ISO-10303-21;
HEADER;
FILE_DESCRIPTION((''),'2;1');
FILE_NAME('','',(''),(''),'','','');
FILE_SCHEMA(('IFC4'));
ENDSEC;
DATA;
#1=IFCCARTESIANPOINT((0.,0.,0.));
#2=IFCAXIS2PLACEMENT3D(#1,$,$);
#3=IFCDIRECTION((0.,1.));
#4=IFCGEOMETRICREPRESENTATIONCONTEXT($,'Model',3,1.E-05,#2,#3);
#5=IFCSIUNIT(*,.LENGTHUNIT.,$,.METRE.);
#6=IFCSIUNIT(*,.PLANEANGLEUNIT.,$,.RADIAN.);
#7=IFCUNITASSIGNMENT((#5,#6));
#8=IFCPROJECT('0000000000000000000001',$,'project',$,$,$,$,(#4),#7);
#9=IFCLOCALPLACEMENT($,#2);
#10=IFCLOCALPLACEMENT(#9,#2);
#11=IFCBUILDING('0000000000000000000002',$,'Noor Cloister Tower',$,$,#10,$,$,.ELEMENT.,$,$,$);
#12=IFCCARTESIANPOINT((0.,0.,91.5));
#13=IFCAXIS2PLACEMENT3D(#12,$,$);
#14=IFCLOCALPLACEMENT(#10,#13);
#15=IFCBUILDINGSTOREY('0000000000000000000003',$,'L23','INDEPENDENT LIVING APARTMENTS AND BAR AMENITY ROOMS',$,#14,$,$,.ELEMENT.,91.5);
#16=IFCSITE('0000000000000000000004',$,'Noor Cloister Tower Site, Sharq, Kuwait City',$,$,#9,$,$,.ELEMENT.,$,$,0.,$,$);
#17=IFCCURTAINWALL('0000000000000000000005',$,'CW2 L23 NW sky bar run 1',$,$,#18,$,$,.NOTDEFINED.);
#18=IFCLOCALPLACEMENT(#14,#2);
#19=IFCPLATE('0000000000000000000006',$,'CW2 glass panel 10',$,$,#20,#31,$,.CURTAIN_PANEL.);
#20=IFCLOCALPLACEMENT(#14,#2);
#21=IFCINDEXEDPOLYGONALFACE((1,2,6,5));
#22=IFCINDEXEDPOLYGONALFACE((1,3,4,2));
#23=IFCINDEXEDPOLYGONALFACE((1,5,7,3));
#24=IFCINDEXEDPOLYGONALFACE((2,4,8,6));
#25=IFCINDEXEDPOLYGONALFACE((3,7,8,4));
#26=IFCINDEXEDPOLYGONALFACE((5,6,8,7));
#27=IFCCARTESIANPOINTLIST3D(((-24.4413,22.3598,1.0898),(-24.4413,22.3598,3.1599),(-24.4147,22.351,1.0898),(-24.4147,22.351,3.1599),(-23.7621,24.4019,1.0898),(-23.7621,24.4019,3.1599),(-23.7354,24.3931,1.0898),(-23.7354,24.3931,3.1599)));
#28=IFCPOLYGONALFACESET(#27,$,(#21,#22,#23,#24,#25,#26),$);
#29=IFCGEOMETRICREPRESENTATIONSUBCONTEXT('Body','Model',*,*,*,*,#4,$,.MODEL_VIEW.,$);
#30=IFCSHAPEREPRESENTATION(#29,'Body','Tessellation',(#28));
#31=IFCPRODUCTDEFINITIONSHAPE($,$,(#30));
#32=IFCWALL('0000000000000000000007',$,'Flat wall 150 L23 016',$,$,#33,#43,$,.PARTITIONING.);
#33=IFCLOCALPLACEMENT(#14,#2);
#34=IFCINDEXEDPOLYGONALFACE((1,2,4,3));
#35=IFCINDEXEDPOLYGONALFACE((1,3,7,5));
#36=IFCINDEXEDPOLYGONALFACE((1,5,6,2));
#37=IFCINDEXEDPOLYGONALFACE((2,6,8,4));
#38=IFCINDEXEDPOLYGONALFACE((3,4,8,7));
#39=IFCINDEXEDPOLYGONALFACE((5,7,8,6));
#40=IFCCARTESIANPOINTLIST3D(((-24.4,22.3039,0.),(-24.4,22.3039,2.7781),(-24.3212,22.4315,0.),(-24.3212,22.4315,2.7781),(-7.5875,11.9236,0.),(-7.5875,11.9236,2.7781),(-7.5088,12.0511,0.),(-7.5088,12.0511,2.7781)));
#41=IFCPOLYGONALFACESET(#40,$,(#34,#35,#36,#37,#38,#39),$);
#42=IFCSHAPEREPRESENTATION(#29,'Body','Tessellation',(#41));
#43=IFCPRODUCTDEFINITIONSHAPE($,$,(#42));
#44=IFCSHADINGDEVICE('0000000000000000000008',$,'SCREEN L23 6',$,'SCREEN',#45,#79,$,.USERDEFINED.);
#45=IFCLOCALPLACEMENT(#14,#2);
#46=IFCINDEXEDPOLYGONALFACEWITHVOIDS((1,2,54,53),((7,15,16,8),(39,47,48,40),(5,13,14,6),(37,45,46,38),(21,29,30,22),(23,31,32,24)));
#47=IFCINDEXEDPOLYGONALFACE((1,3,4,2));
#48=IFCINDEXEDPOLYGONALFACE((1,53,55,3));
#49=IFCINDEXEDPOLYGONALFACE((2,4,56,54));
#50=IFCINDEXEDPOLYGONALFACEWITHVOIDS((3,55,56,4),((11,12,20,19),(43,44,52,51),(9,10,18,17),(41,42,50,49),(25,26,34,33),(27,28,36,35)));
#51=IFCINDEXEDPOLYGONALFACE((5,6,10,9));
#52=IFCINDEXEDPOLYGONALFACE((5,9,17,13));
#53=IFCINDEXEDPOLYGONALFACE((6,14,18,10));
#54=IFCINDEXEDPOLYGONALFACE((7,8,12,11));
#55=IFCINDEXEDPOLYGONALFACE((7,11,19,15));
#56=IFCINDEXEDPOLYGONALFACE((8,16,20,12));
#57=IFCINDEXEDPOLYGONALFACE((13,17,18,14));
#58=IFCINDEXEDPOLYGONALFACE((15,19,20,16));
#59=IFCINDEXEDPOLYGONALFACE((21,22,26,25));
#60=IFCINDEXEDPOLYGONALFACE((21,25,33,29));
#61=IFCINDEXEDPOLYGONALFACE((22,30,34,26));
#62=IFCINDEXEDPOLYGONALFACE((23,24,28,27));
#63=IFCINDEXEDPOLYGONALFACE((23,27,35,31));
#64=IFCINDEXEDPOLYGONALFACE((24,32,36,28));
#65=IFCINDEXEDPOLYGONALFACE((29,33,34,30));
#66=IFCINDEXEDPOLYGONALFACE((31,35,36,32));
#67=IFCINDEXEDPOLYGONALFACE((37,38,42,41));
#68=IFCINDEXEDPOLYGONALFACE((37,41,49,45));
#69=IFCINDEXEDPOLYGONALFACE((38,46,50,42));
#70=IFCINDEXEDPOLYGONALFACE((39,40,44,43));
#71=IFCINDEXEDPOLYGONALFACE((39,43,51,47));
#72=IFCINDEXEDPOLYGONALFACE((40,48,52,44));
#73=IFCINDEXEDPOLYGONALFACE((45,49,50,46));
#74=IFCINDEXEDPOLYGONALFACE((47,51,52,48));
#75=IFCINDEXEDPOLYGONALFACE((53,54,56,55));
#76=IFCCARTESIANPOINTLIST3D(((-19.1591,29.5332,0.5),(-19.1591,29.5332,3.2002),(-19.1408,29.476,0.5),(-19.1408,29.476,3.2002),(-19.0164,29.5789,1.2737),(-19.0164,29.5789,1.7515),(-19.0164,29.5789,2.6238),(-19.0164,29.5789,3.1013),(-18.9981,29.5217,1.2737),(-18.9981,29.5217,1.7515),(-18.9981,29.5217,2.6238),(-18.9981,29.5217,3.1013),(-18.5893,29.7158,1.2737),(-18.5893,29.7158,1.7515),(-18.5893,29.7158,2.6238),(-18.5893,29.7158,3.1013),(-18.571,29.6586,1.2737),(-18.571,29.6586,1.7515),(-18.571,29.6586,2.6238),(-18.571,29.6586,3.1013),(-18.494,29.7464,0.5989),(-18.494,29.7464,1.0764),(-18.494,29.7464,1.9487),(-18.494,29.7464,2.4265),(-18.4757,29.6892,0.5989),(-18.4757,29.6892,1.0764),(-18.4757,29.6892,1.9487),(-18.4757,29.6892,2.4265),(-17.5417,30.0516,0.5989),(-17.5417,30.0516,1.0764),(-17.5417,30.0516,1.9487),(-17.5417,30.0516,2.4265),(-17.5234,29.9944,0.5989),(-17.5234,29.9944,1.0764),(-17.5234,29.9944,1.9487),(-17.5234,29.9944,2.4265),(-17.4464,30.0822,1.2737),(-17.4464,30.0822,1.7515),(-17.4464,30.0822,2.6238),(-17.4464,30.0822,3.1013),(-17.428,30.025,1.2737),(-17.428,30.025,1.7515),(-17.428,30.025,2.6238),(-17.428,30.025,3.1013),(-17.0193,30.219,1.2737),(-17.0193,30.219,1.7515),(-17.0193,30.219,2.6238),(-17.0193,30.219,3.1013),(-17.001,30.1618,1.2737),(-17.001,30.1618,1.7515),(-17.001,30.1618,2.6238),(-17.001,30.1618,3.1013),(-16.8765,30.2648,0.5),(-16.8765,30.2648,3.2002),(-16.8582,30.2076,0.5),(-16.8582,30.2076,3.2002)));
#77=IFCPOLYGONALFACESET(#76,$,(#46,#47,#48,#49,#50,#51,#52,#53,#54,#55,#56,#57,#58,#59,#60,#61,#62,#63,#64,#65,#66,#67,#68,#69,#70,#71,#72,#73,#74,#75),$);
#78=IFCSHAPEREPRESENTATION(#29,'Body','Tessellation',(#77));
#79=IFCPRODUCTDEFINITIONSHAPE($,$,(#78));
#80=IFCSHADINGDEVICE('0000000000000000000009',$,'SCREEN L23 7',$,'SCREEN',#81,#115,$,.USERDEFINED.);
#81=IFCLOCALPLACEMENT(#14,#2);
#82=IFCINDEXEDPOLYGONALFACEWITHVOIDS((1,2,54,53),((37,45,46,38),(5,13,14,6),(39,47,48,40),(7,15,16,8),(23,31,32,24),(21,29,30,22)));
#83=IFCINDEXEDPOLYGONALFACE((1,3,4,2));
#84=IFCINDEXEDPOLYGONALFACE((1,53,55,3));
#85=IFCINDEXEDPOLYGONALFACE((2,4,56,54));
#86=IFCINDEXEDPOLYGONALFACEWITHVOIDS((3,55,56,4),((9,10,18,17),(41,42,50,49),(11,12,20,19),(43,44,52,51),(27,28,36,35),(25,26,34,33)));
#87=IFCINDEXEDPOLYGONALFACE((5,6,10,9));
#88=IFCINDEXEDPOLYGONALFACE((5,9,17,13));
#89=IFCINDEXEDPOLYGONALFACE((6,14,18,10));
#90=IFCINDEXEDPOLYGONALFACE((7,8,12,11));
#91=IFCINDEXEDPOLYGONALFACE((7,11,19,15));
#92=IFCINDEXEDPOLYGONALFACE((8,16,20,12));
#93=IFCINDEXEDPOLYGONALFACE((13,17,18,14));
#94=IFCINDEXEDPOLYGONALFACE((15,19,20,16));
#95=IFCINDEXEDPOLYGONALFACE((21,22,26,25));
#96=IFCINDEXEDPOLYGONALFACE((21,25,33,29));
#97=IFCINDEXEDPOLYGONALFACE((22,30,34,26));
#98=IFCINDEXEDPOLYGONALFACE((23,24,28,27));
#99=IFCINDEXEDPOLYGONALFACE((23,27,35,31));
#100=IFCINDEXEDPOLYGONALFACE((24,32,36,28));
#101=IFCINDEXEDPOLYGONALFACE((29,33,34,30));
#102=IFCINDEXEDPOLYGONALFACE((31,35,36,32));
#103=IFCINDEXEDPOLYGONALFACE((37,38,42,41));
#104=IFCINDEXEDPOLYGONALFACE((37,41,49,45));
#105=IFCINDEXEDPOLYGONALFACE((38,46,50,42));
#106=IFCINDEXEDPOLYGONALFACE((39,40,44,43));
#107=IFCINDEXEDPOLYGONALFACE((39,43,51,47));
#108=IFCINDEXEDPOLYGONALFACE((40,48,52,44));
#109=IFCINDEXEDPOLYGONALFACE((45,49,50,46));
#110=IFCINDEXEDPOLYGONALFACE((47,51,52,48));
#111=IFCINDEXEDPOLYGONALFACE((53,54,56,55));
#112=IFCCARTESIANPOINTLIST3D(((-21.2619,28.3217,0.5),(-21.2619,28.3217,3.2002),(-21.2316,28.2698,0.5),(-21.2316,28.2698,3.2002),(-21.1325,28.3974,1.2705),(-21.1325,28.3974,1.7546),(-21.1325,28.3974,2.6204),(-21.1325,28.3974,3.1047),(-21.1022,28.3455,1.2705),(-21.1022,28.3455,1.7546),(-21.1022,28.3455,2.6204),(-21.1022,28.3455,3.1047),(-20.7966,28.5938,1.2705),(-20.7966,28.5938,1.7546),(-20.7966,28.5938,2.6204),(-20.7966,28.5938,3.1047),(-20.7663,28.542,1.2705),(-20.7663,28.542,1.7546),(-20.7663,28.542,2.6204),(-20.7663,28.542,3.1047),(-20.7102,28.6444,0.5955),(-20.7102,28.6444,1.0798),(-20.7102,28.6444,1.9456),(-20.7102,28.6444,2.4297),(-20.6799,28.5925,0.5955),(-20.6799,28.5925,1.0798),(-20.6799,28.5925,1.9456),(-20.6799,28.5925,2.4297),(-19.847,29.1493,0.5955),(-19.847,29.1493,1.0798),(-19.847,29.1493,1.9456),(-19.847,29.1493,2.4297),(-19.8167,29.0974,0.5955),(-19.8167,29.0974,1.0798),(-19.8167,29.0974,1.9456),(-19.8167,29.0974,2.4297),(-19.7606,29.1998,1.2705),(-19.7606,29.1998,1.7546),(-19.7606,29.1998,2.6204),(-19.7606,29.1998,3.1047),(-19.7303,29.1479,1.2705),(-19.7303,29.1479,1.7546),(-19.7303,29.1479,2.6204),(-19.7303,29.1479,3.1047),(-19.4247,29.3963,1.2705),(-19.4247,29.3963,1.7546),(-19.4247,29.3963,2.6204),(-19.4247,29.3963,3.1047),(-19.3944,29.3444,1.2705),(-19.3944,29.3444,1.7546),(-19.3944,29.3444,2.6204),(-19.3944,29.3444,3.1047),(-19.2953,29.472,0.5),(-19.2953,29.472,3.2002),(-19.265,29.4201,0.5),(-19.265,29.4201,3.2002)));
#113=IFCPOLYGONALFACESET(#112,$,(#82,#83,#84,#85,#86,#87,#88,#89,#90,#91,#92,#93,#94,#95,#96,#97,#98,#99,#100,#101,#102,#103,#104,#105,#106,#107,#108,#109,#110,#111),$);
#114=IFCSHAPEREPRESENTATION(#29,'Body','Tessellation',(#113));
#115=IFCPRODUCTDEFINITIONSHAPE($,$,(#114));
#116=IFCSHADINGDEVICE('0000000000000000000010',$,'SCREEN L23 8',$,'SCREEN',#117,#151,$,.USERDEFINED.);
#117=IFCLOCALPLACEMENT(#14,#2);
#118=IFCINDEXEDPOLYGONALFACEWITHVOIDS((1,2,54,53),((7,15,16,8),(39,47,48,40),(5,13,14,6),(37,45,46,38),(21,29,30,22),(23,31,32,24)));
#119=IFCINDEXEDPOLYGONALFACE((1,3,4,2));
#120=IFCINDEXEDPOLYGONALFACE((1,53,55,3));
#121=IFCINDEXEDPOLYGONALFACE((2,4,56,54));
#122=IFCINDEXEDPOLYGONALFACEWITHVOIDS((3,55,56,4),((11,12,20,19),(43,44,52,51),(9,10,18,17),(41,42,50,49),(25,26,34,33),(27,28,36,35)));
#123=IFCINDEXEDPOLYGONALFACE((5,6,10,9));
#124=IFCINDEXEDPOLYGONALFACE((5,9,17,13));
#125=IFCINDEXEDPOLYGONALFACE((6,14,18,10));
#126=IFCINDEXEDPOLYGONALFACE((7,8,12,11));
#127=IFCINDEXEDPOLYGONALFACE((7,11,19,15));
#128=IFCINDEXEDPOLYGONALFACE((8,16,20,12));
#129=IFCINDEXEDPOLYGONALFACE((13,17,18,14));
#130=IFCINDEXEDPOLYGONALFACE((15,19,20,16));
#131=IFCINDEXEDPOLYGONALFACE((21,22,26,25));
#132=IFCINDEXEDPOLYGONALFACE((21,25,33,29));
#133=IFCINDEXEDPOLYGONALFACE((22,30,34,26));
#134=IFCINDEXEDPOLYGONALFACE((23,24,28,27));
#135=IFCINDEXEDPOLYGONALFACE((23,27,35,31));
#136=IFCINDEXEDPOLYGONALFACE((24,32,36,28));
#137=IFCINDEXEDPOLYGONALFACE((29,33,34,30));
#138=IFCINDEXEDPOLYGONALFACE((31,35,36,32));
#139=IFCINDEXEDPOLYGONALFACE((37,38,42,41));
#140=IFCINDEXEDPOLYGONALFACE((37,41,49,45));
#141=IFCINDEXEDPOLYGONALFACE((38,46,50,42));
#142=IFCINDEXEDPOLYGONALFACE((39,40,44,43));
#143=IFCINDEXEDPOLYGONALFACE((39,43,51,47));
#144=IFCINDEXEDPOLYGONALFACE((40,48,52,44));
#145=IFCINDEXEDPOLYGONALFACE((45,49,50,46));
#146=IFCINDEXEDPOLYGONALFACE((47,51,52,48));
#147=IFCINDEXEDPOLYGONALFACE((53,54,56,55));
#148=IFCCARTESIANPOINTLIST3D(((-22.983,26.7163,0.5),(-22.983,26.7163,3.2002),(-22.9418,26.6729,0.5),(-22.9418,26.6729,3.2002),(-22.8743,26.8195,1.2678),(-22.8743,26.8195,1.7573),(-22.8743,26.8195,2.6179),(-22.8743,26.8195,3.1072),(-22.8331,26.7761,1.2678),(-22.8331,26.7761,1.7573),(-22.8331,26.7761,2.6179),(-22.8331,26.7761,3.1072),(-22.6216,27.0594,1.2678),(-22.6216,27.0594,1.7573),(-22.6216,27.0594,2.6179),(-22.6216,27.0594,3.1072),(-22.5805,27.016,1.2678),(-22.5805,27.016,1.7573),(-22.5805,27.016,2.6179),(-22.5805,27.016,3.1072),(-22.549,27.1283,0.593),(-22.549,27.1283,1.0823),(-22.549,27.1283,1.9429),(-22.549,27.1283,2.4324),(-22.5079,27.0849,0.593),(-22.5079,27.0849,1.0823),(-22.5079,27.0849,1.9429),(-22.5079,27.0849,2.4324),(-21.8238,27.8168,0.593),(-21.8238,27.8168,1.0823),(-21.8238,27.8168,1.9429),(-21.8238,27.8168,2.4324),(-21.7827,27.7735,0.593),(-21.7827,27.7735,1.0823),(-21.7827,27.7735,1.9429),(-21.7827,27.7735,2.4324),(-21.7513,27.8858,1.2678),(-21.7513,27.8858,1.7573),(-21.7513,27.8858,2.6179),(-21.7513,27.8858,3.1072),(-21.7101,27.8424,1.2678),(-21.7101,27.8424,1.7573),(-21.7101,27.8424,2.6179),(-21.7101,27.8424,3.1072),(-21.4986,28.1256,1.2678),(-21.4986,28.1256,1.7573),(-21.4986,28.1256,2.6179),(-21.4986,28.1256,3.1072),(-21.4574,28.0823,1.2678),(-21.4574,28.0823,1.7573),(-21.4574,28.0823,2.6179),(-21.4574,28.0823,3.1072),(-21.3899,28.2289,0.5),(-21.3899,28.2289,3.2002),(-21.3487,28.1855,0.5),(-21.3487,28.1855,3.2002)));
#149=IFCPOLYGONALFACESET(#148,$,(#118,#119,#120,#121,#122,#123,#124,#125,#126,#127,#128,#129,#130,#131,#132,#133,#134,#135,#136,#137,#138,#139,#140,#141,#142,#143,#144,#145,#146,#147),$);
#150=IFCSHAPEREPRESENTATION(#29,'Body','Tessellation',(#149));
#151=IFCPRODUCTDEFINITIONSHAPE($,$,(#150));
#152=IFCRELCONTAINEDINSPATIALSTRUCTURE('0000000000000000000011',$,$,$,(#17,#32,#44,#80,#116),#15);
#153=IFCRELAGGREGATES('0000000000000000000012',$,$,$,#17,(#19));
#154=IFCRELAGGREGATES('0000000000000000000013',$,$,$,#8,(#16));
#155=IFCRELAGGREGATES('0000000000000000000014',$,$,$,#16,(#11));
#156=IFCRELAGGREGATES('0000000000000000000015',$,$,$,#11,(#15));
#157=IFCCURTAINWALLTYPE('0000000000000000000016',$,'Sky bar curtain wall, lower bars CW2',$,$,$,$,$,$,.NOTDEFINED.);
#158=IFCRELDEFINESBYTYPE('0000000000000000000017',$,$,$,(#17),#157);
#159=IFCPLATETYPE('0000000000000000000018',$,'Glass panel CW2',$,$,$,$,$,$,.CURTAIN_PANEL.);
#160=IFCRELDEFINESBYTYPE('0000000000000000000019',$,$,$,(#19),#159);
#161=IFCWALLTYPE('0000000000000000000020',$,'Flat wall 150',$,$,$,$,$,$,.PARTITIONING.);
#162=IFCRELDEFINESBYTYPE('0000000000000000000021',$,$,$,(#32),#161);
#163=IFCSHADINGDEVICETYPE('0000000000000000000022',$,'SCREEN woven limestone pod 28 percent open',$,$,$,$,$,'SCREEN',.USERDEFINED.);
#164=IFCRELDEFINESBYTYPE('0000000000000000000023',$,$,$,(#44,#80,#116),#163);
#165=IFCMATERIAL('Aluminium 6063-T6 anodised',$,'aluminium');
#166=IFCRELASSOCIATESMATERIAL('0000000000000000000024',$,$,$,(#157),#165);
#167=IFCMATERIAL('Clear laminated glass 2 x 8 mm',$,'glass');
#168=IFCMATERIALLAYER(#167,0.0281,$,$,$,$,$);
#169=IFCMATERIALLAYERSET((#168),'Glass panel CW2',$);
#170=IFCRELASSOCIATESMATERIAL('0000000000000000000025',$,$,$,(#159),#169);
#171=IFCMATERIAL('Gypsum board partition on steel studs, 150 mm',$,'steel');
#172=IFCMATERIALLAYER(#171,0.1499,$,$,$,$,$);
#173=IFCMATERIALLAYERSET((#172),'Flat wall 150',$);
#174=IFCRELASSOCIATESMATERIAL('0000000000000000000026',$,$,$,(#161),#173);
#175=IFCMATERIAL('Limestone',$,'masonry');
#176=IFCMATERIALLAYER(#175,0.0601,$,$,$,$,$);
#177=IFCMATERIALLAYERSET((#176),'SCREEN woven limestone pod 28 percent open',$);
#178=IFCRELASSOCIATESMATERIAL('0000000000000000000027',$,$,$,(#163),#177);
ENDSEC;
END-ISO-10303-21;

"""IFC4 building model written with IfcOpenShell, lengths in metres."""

from ifc_helpers import new_model, si_unit, direction, frame, frame_2d, origin, origin_2d, place, context, subcontext, project, spatial, polyline, rectangle, outline, extrude, material, layer, layer_set, type_object, element, aggregate, save


model = new_model("IFC4")

# Units and contexts
model_context = context("Model", 3, precision=1e-05, world=origin(), true_north=direction((0.0, 1.0)))
body_context = subcontext(model_context, "Body", "Model", "MODEL_VIEW")
ifc_project = project(units=[si_unit("LENGTHUNIT", "METRE"), si_unit("PLANEANGLEUNIT", "RADIAN")], contexts=[model_context])

# Site, building, storey
site_placement = place(None, origin())
site = spatial("IfcSite", under=ifc_project, at=site_placement, Name="Noor Cloister Tower Site, Sharq, Kuwait City", CompositionType="ELEMENT", RefElevation=0.0)
building_placement = place(site_placement, origin())
building = spatial("IfcBuilding", under=site, at=building_placement, Name="Noor Cloister Tower", CompositionType="ELEMENT")
storey_placement = place(building_placement, frame((0.0, 0.0, 91.5)))
storey = spatial("IfcBuildingStorey", under=building, at=storey_placement, Name="L23", Description="INDEPENDENT LIVING APARTMENTS AND BAR AMENITY ROOMS", CompositionType="ELEMENT", Elevation=91.5)

# Curtain wall, plate
ifc_material_1 = material(Name="Aluminium 6063-T6 anodised", Category="aluminium")
curtain_wall_type = type_object("IfcCurtainWallType", Name="Sky bar curtain wall, lower bars CW2", PredefinedType="NOTDEFINED", material=ifc_material_1)
curtain_wall_placement = place(storey_placement, origin())
curtain_wall = element("IfcCurtainWall", 1, at=curtain_wall_placement, inside=storey, type_object=curtain_wall_type, Name="CW2 L23 NW sky bar run 1", PredefinedType="NOTDEFINED")
ifc_material_2 = material(Name="Clear laminated glass 2 x 8 mm", Category="glass")
ifc_layer_1 = layer(ifc_material_2, 0.0281)
ifc_layer_set_1 = layer_set([ifc_layer_1], Name="Glass panel CW2")
plate_type = type_object("IfcPlateType", Name="Glass panel CW2", PredefinedType="CURTAIN_PANEL", material=ifc_layer_set_1)
plate_1_placement = place(storey_placement, frame((-24.0884, 23.3765, 1.0898), z_axis=(0.0, 0.0, 1.0), x_axis=(-0.31562, -0.948886, 0.0)))
plate_1 = element("IfcPlate", 2, at=plate_1_placement, type_object=plate_type, Name="CW2 glass panel 10", PredefinedType="CURTAIN_PANEL", context=body_context, shape_type="SweptSolid", body=[
    extrude(rectangle(XDim=2.1521, YDim=0.0281, at=origin_2d()), origin(), (0.0, 0.0, 1.0), 2.0701),
])
aggregate(curtain_wall, [plate_1])

# Wall
ifc_material_3 = material(Name="Gypsum board partition on steel studs, 150 mm", Category="steel")
ifc_layer_2 = layer(ifc_material_3, 0.1499)
ifc_layer_set_2 = layer_set([ifc_layer_2], Name="Flat wall 150")
wall_type = type_object("IfcWallType", Name="Flat wall 150", PredefinedType="PARTITIONING", material=ifc_layer_set_2)
wall_placement = place(storey_placement, frame((-24.3606, 22.3677, 0.0), z_axis=(0.0, 0.0, 1.0), x_axis=(0.850884, -0.525353, 0.0)))
element("IfcWall", 3, at=wall_placement, inside=storey, type_object=wall_type, Name="Flat wall 150 L23 016", PredefinedType="PARTITIONING", context=body_context, shape_type="SweptSolid", body=[
    extrude(rectangle(XDim=19.7588, YDim=0.1499, at=frame_2d((9.8794, 0.0))), origin(), (0.0, 0.0, 1.0), 2.7781),
])

# Shading devices
ifc_material_4 = material(Name="Limestone", Category="masonry")
ifc_layer_3 = layer(ifc_material_4, 0.0601)
ifc_layer_set_3 = layer_set([ifc_layer_3], Name="SCREEN woven limestone pod 28 percent open")
shading_device_type = type_object("IfcShadingDeviceType", Name="SCREEN woven limestone pod 28 percent open", ElementType="SCREEN", PredefinedType="USERDEFINED", material=ifc_layer_set_3)
shading_device_1_placement = place(storey_placement, frame((-17.9995, 29.8418, 1.8501), z_axis=(-0.305219, 0.952282, 0.0), x_axis=(-0.952282, -0.305219, 0.0)))
element("IfcShadingDevice", 4, at=shading_device_1_placement, inside=storey, type_object=shading_device_type, Name="SCREEN L23 6", ObjectType="SCREEN", PredefinedType="USERDEFINED", context=body_context, shape_type="SweptSolid", body=[
    extrude(outline(polyline([(-1.1985, -1.3501), (1.1985, -1.3501), (1.1985, 1.3501), (-1.1985, 1.3501), (-1.1985, -1.3501)]), holes=[polyline([(-0.5, -1.2512), (0.5, -1.2512), (0.5, -0.7737), (-0.5, -0.7737), (-0.5, -1.2512)]), polyline([(0.6001, -0.5764), (1.0486, -0.5764), (1.0486, -0.0986), (0.6001, -0.0986), (0.6001, -0.5764)]), polyline([(-1.0486, -0.5764), (-0.6001, -0.5764), (-0.6001, -0.0986), (-1.0486, -0.0986), (-1.0486, -0.5764)]), polyline([(-0.5, 0.0986), (0.5, 0.0986), (0.5, 0.5764), (-0.5, 0.5764), (-0.5, 0.0986)]), polyline([(0.6001, 0.7737), (1.0486, 0.7737), (1.0486, 1.2512), (0.6001, 1.2512), (0.6001, 0.7737)]), polyline([(-1.0486, 0.7737), (-0.6001, 0.7737), (-0.6001, 1.2512), (-1.0486, 1.2512), (-1.0486, 0.7737)])]), origin(), (0.0, 0.0, 1.0), 0.0601),
])
shading_device_2_placement = place(storey_placement, frame((-20.2483, 28.845, 1.8501), z_axis=(-0.504883, 0.863188, 0.0), x_axis=(-0.863188, -0.504883, 0.0)))
element("IfcShadingDevice", 5, at=shading_device_2_placement, inside=storey, type_object=shading_device_type, Name="SCREEN L23 7", ObjectType="SCREEN", PredefinedType="USERDEFINED", context=body_context, shape_type="SweptSolid", body=[
    extrude(outline(polyline([(-1.1392, -1.3501), (1.1392, -1.3501), (1.1392, 1.3501), (-1.1392, 1.3501), (-1.1392, -1.3501)]), holes=[polyline([(-0.5, -1.2546), (0.5, -1.2546), (0.5, -0.7703), (-0.5, -0.7703), (-0.5, -1.2546)]), polyline([(0.6001, -0.5796), (0.9893, -0.5796), (0.9893, -0.0955), (0.6001, -0.0955), (0.6001, -0.5796)]), polyline([(-0.9893, -0.5796), (-0.6001, -0.5796), (-0.6001, -0.0955), (-0.9893, -0.0955), (-0.9893, -0.5796)]), polyline([(-0.5, 0.0955), (0.5, 0.0955), (0.5, 0.5796), (-0.5, 0.5796), (-0.5, 0.0955)]), polyline([(0.6001, 0.7703), (0.9893, 0.7703), (0.9893, 1.2546), (0.6001, 1.2546), (0.6001, 0.7703)]), polyline([(-0.9893, 0.7703), (-0.6001, 0.7703), (-0.6001, 1.2546), (-0.9893, 1.2546), (-0.9893, 0.7703)])]), origin(), (0.0, 0.0, 1.0), 0.0601),
])
shading_device_3_placement = place(storey_placement, frame((-22.1453, 27.4292, 1.8501), z_axis=(-0.688535, 0.725203, 0.0), x_axis=(-0.725203, -0.688535, 0.0)))
element("IfcShadingDevice", 6, at=shading_device_3_placement, inside=storey, type_object=shading_device_type, Name="SCREEN L23 8", ObjectType="SCREEN", PredefinedType="USERDEFINED", context=body_context, shape_type="SweptSolid", body=[
    extrude(outline(polyline([(-1.0984, -1.3501), (1.0984, -1.3501), (1.0984, 1.3501), (-1.0984, 1.3501), (-1.0984, -1.3501)]), holes=[polyline([(-0.5, -1.2571), (0.5, -1.2571), (0.5, -0.7678), (-0.5, -0.7678), (-0.5, -1.2571)]), polyline([(0.6001, -0.5823), (0.9485, -0.5823), (0.9485, -0.0928), (0.6001, -0.0928), (0.6001, -0.5823)]), polyline([(-0.9485, -0.5823), (-0.6001, -0.5823), (-0.6001, -0.0928), (-0.9485, -0.0928), (-0.9485, -0.5823)]), polyline([(-0.5, 0.0928), (0.5, 0.0928), (0.5, 0.5823), (-0.5, 0.5823), (-0.5, 0.0928)]), polyline([(0.6001, 0.7678), (0.9485, 0.7678), (0.9485, 1.2571), (0.6001, 1.2571), (0.6001, 0.7678)]), polyline([(-0.9485, 0.7678), (-0.6001, 0.7678), (-0.6001, 1.2571), (-0.9485, 1.2571), (-0.9485, 0.7678)])]), origin(), (0.0, 0.0, 1.0), 0.0598),
])

save(model, "model.ifc")
